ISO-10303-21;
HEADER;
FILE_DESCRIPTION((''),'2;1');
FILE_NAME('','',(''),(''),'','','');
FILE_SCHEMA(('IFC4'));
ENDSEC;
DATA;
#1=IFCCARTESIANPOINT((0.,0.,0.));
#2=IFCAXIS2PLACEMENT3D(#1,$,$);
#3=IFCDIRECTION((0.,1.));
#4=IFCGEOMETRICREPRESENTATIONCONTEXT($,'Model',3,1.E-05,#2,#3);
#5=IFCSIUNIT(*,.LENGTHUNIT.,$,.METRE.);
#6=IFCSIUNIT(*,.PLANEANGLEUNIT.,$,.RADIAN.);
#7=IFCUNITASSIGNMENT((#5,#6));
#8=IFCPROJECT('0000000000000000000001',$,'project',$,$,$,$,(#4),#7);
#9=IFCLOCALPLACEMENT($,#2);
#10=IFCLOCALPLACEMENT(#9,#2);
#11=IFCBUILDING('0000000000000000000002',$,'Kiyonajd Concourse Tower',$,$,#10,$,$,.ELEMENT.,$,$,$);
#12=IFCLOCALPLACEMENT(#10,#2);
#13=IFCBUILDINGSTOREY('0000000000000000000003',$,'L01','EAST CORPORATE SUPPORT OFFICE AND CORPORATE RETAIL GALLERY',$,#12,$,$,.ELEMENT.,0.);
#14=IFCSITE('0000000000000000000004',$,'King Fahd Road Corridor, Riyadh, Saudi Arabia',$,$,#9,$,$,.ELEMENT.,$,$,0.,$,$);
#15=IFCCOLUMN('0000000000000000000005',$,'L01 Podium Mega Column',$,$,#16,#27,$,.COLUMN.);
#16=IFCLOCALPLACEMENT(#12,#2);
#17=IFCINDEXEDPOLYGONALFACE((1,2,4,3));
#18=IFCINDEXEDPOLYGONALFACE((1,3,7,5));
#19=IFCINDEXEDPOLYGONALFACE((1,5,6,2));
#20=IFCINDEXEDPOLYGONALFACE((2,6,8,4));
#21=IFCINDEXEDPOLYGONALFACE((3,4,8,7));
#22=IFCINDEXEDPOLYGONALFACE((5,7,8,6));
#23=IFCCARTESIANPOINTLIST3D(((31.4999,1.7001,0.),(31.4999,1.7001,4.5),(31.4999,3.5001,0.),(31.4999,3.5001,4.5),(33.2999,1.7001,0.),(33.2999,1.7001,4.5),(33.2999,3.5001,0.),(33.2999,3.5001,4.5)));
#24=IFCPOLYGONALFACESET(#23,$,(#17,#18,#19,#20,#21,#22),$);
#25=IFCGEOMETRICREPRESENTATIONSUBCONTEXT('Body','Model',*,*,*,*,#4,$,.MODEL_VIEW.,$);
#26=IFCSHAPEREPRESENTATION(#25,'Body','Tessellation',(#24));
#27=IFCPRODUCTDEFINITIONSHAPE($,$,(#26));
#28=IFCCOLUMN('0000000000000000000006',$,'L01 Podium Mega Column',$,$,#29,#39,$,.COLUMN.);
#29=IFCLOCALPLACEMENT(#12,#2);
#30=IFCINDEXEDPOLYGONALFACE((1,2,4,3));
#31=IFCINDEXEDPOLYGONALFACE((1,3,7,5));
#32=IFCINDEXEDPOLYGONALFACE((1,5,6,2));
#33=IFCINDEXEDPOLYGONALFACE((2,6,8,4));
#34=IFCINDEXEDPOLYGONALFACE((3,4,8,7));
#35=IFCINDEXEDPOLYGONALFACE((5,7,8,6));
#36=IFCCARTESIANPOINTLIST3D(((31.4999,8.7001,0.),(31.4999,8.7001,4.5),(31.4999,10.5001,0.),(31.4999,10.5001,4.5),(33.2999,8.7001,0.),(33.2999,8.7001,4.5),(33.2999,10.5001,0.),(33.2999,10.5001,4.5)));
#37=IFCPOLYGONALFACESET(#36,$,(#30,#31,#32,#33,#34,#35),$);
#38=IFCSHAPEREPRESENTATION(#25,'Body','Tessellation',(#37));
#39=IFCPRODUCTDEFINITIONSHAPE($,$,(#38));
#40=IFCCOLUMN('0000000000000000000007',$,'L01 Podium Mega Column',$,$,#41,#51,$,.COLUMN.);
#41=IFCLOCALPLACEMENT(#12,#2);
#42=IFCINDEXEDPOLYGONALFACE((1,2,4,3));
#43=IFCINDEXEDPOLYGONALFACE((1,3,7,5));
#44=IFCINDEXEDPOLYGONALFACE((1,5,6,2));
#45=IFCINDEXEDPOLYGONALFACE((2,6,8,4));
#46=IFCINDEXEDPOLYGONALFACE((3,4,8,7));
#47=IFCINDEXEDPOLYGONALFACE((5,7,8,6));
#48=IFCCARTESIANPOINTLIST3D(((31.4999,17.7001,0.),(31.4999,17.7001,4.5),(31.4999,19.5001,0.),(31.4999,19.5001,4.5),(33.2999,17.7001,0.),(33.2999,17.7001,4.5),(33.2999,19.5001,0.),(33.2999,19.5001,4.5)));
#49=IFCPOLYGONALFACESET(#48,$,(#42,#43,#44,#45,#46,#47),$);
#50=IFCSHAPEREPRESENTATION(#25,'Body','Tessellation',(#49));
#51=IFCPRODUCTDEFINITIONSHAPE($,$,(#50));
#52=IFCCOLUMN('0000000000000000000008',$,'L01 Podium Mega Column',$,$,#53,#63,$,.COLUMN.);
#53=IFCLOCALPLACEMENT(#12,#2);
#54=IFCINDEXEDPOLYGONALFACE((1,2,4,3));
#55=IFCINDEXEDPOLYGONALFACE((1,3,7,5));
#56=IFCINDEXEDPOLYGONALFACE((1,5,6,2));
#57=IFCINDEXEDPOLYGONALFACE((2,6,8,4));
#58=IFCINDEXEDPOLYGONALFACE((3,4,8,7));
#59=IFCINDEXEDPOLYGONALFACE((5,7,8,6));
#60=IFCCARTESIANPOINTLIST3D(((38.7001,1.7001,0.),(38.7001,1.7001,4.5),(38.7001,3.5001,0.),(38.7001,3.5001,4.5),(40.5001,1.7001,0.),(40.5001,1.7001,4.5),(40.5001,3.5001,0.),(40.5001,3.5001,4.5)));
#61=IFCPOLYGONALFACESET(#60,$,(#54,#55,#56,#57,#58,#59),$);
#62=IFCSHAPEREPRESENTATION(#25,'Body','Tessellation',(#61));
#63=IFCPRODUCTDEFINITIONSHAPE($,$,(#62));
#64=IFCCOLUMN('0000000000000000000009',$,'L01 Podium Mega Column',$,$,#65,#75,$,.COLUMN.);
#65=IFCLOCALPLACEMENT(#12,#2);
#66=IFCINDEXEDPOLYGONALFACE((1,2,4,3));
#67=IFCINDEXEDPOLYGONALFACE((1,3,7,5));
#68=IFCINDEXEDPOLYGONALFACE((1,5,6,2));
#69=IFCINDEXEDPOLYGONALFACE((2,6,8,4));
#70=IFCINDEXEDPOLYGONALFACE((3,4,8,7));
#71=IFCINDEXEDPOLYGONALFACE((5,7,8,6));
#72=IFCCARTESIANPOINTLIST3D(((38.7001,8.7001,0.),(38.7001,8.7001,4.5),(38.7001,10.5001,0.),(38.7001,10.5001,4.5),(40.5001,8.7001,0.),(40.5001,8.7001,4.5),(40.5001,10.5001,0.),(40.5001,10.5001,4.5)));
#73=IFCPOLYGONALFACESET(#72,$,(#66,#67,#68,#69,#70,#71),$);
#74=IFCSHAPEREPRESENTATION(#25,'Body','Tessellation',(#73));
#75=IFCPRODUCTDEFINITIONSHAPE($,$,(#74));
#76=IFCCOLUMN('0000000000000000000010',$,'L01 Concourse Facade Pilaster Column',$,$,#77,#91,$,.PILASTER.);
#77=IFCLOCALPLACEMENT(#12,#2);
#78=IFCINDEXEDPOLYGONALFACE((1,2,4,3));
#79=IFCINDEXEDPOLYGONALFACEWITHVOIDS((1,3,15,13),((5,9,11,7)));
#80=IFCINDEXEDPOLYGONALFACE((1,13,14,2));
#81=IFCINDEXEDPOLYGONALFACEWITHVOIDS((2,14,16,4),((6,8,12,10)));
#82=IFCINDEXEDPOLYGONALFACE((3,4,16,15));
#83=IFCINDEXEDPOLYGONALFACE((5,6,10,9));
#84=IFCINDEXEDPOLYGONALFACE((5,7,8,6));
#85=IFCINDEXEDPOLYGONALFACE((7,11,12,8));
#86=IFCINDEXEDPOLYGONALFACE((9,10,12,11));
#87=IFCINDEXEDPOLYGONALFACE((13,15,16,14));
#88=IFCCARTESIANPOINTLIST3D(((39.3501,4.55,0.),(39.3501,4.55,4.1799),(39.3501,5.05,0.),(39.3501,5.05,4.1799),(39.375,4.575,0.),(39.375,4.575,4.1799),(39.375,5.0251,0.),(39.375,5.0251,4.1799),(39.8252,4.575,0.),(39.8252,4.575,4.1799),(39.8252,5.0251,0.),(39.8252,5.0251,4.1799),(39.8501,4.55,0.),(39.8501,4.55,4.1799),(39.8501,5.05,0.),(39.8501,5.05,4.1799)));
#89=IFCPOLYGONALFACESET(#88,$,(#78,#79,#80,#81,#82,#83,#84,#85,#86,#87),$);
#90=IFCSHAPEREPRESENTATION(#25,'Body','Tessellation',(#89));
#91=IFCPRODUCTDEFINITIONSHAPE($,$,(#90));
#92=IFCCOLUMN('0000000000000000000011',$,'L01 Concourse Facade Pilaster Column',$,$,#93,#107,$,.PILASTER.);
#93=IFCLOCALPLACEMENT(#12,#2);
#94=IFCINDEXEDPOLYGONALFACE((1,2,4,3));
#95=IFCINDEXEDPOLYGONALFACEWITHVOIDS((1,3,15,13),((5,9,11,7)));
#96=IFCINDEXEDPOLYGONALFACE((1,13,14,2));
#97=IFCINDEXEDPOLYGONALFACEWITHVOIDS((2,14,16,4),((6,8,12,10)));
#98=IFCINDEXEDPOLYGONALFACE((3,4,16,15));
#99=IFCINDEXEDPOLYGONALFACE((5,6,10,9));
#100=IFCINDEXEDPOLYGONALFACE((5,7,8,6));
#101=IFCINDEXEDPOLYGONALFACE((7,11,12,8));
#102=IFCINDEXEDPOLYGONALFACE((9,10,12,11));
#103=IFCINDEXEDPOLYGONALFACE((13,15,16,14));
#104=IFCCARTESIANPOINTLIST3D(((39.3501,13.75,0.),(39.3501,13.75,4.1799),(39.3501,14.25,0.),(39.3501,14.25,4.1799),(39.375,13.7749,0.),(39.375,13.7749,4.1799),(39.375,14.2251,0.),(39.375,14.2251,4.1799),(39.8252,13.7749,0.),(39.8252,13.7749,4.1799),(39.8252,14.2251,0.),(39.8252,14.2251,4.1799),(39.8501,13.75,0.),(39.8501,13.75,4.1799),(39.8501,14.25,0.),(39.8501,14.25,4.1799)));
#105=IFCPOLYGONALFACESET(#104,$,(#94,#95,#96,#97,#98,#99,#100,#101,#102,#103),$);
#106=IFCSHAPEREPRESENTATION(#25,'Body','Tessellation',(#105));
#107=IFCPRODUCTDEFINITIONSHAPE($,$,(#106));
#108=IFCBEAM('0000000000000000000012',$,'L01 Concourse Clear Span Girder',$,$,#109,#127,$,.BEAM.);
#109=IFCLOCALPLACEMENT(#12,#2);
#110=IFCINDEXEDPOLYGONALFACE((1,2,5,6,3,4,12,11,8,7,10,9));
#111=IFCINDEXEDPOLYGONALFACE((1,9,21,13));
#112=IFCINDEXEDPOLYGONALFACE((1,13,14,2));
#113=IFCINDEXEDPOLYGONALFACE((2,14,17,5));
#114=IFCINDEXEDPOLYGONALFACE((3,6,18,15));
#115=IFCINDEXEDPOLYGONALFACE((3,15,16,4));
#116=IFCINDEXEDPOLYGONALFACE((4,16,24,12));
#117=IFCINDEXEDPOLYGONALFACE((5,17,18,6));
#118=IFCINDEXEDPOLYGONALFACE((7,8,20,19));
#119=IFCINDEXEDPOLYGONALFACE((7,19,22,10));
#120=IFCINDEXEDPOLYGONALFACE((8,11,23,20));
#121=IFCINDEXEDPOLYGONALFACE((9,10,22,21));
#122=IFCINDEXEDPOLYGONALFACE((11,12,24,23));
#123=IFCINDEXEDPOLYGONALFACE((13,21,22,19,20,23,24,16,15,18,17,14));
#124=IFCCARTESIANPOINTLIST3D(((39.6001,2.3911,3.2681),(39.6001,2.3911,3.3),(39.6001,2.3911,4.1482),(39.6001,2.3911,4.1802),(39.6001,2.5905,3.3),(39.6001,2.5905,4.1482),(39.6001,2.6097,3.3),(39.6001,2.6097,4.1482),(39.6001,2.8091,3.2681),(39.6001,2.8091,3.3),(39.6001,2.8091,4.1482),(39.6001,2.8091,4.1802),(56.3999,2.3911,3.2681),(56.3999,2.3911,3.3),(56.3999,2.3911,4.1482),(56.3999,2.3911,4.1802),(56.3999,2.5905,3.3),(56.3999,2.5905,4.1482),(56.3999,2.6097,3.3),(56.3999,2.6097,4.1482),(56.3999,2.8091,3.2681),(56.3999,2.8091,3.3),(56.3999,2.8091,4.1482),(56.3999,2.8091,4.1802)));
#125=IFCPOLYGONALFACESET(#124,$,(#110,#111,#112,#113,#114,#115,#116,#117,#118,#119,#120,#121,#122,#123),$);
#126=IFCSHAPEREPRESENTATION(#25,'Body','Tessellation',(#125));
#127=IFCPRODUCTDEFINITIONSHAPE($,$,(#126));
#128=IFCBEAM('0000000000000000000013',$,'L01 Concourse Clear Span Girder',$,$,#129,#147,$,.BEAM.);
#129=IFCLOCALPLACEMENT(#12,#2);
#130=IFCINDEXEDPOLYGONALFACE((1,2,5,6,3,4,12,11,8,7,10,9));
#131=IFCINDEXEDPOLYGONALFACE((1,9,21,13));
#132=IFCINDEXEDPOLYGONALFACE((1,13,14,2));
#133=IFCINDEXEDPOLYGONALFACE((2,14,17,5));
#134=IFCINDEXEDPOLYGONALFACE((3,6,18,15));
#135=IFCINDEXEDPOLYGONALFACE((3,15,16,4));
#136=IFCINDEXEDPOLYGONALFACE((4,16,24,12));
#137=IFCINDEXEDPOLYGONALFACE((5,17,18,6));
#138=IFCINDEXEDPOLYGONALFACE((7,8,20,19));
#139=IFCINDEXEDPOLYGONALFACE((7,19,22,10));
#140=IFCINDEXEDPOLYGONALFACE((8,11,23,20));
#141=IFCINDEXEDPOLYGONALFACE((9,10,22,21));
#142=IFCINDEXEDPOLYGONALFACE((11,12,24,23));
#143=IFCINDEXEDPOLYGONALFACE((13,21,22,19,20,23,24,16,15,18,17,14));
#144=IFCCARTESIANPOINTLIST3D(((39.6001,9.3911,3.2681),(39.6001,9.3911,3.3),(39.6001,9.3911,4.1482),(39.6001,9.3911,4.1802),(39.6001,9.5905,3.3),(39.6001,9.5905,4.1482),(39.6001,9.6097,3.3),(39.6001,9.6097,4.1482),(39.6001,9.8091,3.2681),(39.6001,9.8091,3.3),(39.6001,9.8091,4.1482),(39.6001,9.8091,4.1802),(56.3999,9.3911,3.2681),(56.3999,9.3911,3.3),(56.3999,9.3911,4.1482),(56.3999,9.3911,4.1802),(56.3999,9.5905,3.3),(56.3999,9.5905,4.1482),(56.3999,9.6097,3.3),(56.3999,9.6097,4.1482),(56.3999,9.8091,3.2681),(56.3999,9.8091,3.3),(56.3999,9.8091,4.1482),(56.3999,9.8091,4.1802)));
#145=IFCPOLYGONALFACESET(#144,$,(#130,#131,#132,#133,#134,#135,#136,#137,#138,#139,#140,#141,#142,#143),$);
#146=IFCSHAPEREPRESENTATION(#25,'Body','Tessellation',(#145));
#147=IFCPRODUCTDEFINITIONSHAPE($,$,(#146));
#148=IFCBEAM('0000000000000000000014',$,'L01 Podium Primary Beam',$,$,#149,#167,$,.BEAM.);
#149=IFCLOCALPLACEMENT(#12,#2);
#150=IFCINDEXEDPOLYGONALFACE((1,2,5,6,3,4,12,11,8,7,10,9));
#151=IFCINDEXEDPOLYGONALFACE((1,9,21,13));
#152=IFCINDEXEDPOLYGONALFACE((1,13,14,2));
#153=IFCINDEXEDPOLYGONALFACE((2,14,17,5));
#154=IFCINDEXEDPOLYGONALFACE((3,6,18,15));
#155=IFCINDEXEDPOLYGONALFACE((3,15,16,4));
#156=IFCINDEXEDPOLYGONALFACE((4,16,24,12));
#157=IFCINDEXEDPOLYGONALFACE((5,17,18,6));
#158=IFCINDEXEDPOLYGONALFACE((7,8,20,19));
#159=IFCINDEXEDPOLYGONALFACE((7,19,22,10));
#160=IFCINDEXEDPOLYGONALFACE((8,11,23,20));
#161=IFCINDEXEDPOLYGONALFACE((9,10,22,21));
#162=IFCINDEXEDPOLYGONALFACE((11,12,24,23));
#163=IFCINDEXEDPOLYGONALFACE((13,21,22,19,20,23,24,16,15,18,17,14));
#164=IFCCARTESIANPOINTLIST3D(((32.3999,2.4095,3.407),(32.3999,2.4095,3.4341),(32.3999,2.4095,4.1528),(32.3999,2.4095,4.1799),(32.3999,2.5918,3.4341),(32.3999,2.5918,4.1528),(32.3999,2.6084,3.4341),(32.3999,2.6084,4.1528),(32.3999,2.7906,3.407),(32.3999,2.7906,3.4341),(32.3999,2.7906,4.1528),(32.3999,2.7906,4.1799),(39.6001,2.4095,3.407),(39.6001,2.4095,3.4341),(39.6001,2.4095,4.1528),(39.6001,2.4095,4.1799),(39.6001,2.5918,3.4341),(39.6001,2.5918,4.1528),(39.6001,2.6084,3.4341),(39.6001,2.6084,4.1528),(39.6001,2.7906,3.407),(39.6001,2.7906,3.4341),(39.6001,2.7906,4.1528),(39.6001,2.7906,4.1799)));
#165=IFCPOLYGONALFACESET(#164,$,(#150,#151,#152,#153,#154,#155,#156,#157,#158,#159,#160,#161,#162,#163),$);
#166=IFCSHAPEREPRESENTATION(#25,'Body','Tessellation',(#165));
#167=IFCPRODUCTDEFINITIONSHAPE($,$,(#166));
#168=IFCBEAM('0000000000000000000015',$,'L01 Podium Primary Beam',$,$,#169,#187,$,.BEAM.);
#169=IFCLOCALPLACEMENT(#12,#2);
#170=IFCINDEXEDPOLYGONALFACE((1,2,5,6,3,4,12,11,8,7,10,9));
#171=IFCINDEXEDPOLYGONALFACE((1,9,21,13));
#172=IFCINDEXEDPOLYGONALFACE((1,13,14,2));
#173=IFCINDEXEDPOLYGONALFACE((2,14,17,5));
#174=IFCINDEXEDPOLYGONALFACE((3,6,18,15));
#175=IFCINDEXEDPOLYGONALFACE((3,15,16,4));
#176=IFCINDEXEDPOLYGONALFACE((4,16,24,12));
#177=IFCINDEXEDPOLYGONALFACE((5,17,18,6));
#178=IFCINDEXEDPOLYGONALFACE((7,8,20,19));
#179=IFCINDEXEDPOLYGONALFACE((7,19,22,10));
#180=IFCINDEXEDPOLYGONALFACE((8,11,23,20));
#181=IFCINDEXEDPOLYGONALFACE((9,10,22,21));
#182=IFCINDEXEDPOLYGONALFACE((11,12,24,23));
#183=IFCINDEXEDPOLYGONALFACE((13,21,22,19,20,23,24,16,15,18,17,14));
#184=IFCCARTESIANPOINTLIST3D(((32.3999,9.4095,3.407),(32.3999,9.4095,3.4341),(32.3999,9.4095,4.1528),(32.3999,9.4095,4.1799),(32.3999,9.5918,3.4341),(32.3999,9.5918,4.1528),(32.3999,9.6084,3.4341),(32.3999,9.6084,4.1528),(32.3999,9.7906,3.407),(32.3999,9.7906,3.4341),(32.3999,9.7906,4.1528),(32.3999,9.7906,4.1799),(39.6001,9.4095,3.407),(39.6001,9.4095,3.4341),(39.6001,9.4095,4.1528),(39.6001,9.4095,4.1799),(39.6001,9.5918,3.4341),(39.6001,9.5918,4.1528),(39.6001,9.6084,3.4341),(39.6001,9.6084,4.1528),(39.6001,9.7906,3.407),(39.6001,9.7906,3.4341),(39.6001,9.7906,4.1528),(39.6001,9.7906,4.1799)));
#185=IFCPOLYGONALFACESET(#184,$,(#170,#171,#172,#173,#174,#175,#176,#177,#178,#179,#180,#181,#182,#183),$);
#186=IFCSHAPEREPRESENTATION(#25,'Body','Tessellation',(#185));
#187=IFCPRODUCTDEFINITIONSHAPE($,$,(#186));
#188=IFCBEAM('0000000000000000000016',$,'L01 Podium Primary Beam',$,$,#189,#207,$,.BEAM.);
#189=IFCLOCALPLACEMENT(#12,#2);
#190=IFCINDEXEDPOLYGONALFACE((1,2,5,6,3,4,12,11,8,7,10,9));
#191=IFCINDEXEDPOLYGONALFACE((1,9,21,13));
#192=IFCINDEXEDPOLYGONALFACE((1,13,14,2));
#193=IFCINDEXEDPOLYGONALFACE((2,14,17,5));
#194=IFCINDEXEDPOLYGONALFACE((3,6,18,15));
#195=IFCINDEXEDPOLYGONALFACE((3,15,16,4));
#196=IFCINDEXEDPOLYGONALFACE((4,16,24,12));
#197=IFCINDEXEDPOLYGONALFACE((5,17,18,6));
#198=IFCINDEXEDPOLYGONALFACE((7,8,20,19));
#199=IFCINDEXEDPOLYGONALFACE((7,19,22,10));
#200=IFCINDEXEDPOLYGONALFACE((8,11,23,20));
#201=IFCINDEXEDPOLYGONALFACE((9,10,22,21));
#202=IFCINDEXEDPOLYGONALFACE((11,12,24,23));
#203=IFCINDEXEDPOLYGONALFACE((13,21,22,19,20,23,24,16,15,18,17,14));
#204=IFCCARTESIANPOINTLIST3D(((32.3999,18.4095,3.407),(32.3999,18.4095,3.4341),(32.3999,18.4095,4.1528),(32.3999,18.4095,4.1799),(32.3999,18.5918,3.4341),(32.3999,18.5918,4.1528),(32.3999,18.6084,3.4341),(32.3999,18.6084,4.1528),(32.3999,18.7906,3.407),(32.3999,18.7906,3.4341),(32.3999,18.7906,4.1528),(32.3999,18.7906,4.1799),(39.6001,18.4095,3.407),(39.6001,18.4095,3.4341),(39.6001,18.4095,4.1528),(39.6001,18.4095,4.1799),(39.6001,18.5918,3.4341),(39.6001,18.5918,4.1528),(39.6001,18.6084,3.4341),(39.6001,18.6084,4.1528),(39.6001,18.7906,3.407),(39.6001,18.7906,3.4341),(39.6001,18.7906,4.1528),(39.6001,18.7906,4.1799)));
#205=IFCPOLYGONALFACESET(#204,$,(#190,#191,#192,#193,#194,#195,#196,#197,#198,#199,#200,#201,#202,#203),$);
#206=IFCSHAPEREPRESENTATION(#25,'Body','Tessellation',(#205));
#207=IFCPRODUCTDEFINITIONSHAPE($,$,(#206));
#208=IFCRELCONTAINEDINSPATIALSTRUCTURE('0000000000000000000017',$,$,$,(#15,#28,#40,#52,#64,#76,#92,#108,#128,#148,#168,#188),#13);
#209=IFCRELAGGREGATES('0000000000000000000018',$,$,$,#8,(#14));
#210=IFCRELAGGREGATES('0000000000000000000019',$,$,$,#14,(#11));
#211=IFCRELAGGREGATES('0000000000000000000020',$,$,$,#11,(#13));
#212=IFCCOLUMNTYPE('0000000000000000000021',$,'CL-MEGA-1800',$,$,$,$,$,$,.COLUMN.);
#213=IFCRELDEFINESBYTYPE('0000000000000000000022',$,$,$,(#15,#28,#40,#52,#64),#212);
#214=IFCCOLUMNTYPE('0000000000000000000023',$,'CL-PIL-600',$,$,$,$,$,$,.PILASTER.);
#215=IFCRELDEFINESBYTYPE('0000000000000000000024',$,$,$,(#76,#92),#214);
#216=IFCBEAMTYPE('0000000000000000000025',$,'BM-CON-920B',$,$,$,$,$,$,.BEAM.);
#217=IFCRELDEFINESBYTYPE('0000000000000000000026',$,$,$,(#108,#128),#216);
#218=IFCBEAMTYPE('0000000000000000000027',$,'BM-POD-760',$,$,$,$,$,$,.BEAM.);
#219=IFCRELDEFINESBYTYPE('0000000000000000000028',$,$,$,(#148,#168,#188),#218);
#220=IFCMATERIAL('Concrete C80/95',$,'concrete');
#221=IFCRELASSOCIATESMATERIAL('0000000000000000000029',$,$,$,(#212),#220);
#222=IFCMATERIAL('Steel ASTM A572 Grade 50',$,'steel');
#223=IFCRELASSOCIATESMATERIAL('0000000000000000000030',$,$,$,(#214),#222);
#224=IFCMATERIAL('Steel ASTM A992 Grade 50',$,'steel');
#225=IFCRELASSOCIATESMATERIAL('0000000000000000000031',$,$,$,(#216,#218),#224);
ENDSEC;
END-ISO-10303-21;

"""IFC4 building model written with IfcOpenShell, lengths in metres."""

from ifc_helpers import new_model, si_unit, direction, frame, origin, origin_2d, place, context, subcontext, project, spatial, rectangle, hollow_rectangle, i_section, extrude, material, material_profile, profile_set, type_object, element, save


model = new_model("IFC4")

# Units and contexts
model_context = context("Model", 3, precision=1e-05, world=origin(), true_north=direction((0.0, 1.0)))
body_context = subcontext(model_context, "Body", "Model", "MODEL_VIEW")
ifc_project = project(units=[si_unit("LENGTHUNIT", "METRE"), si_unit("PLANEANGLEUNIT", "RADIAN")], contexts=[model_context])

# Site, building, storey
site_placement = place(None, origin())
site = spatial("IfcSite", under=ifc_project, at=site_placement, Name="King Fahd Road Corridor, Riyadh, Saudi Arabia", CompositionType="ELEMENT", RefElevation=0.0)
building_placement = place(site_placement, origin())
building = spatial("IfcBuilding", under=site, at=building_placement, Name="Kiyonajd Concourse Tower", CompositionType="ELEMENT")
storey_placement = place(building_placement, origin())
storey = spatial("IfcBuildingStorey", under=building, at=storey_placement, Name="L01", Description="EAST CORPORATE SUPPORT OFFICE AND CORPORATE RETAIL GALLERY", CompositionType="ELEMENT", Elevation=0.0)

# Columns
ifc_material_1 = material(Name="Concrete C80/95", Category="concrete")
ifc_material_profile_1 = material_profile(ifc_material_1, rectangle(XDim=1.8, YDim=1.8, at=origin_2d()), Name="RC-1800x1800")
ifc_profile_set_1 = profile_set([ifc_material_profile_1], Name="Concrete C80/95")
column_type_1 = type_object("IfcColumnType", Name="CL-MEGA-1800", PredefinedType="COLUMN", material=ifc_profile_set_1)
for number, where, z_axis, x_axis, name in (
    (1, (32.3999, 2.6001, 0.0), (0.0, 0.0, 1.0), (1.0, 0.0, 0.0), "L01 Podium Mega Column"),
    (2, (32.3999, 9.6001, 0.0), (0.0, 0.0, 1.0), (1.0, 0.0, 0.0), "L01 Podium Mega Column"),
    (3, (32.3999, 18.6001, 0.0), (0.0, 0.0, 1.0), (1.0, 0.0, 0.0), "L01 Podium Mega Column"),
    (4, (39.6001, 2.6001, 0.0), (0.0, 0.0, 1.0), (1.0, 0.0, 0.0), "L01 Podium Mega Column"),
    (5, (39.6001, 9.6001, 0.0), (0.0, 0.0, 1.0), (1.0, 0.0, 0.0), "L01 Podium Mega Column"),
):
    element("IfcColumn", number, at=place(storey_placement, frame(where, z_axis=z_axis, x_axis=x_axis)), inside=storey, type_object=column_type_1, Name=name, PredefinedType="COLUMN", context=body_context, shape_type="SweptSolid", body=[
        extrude(rectangle(XDim=1.8, YDim=1.8, at=origin_2d()), origin(), (0.0, 0.0, 1.0), 4.5),
    ])
ifc_material_2 = material(Name="Steel ASTM A572 Grade 50", Category="steel")
ifc_material_profile_2 = material_profile(ifc_material_2, hollow_rectangle(XDim=0.5, YDim=0.5, WallThickness=0.0249, at=origin_2d()), Name="HSS-500x500x25")
ifc_profile_set_2 = profile_set([ifc_material_profile_2], Name="Steel ASTM A572 Grade 50")
column_type_2 = type_object("IfcColumnType", Name="CL-PIL-600", PredefinedType="PILASTER", material=ifc_profile_set_2)
for number, where, z_axis, x_axis, name in (
    (6, (39.6001, 4.8, 0.0), (0.0, 0.0, 1.0), (1.0, 0.0, 0.0), "L01 Concourse Facade Pilaster Column"),
    (7, (39.6001, 14.0, 0.0), (0.0, 0.0, 1.0), (1.0, 0.0, 0.0), "L01 Concourse Facade Pilaster Column"),
):
    element("IfcColumn", number, at=place(storey_placement, frame(where, z_axis=z_axis, x_axis=x_axis)), inside=storey, type_object=column_type_2, Name=name, PredefinedType="PILASTER", context=body_context, shape_type="SweptSolid", body=[
        extrude(hollow_rectangle(XDim=0.5, YDim=0.5, WallThickness=0.0249, at=origin_2d()), origin(), (0.0, 0.0, 1.0), 4.1799),
    ])

# Beams
ifc_material_3 = material(Name="Steel ASTM A992 Grade 50", Category="steel")
ifc_material_profile_3 = material_profile(ifc_material_3, i_section(OverallWidth=0.418, OverallDepth=0.9121, WebThickness=0.0193, FlangeThickness=0.032, at=origin_2d()), Name="W920X342")
ifc_profile_set_3 = profile_set([ifc_material_profile_3], Name="Steel ASTM A992 Grade 50")
beam_type_1 = type_object("IfcBeamType", Name="BM-CON-920B", PredefinedType="BEAM", material=ifc_profile_set_3)
for number, where, z_axis, x_axis, name in (
    (8, (39.6001, 2.6001, 3.7241), (1.0, 0.0, 0.0), (0.0, 1.0, 0.0), "L01 Concourse Clear Span Girder"),
    (9, (39.6001, 9.6001, 3.7241), (1.0, 0.0, 0.0), (0.0, 1.0, 0.0), "L01 Concourse Clear Span Girder"),
):
    element("IfcBeam", number, at=place(storey_placement, frame(where, z_axis=z_axis, x_axis=x_axis)), inside=storey, type_object=beam_type_1, Name=name, PredefinedType="BEAM", context=body_context, shape_type="SweptSolid", body=[
        extrude(i_section(OverallWidth=0.418, OverallDepth=0.9121, WebThickness=0.0193, FlangeThickness=0.032, at=origin_2d()), origin(), (0.0, 0.0, 1.0), 16.7998),
    ])
ifc_material_profile_4 = material_profile(ifc_material_3, i_section(OverallWidth=0.3811, OverallDepth=0.7729, WebThickness=0.0166, FlangeThickness=0.0271, at=origin_2d()), Name="W760X257")
ifc_profile_set_4 = profile_set([ifc_material_profile_4], Name="Steel ASTM A992 Grade 50")
beam_type_2 = type_object("IfcBeamType", Name="BM-POD-760", PredefinedType="BEAM", material=ifc_profile_set_4)
for number, where, z_axis, x_axis, name in (
    (10, (32.3999, 2.6001, 3.7935), (1.0, 0.0, 0.0), (0.0, 1.0, 0.0), "L01 Podium Primary Beam"),
    (11, (32.3999, 9.6001, 3.7935), (1.0, 0.0, 0.0), (0.0, 1.0, 0.0), "L01 Podium Primary Beam"),
    (12, (32.3999, 18.6001, 3.7935), (1.0, 0.0, 0.0), (0.0, 1.0, 0.0), "L01 Podium Primary Beam"),
):
    element("IfcBeam", number, at=place(storey_placement, frame(where, z_axis=z_axis, x_axis=x_axis)), inside=storey, type_object=beam_type_2, Name=name, PredefinedType="BEAM", context=body_context, shape_type="SweptSolid", body=[
        extrude(i_section(OverallWidth=0.3811, OverallDepth=0.7729, WebThickness=0.0166, FlangeThickness=0.0271, at=origin_2d()), origin(), (0.0, 0.0, 1.0), 7.2002),
    ])

save(model, "model.ifc")
